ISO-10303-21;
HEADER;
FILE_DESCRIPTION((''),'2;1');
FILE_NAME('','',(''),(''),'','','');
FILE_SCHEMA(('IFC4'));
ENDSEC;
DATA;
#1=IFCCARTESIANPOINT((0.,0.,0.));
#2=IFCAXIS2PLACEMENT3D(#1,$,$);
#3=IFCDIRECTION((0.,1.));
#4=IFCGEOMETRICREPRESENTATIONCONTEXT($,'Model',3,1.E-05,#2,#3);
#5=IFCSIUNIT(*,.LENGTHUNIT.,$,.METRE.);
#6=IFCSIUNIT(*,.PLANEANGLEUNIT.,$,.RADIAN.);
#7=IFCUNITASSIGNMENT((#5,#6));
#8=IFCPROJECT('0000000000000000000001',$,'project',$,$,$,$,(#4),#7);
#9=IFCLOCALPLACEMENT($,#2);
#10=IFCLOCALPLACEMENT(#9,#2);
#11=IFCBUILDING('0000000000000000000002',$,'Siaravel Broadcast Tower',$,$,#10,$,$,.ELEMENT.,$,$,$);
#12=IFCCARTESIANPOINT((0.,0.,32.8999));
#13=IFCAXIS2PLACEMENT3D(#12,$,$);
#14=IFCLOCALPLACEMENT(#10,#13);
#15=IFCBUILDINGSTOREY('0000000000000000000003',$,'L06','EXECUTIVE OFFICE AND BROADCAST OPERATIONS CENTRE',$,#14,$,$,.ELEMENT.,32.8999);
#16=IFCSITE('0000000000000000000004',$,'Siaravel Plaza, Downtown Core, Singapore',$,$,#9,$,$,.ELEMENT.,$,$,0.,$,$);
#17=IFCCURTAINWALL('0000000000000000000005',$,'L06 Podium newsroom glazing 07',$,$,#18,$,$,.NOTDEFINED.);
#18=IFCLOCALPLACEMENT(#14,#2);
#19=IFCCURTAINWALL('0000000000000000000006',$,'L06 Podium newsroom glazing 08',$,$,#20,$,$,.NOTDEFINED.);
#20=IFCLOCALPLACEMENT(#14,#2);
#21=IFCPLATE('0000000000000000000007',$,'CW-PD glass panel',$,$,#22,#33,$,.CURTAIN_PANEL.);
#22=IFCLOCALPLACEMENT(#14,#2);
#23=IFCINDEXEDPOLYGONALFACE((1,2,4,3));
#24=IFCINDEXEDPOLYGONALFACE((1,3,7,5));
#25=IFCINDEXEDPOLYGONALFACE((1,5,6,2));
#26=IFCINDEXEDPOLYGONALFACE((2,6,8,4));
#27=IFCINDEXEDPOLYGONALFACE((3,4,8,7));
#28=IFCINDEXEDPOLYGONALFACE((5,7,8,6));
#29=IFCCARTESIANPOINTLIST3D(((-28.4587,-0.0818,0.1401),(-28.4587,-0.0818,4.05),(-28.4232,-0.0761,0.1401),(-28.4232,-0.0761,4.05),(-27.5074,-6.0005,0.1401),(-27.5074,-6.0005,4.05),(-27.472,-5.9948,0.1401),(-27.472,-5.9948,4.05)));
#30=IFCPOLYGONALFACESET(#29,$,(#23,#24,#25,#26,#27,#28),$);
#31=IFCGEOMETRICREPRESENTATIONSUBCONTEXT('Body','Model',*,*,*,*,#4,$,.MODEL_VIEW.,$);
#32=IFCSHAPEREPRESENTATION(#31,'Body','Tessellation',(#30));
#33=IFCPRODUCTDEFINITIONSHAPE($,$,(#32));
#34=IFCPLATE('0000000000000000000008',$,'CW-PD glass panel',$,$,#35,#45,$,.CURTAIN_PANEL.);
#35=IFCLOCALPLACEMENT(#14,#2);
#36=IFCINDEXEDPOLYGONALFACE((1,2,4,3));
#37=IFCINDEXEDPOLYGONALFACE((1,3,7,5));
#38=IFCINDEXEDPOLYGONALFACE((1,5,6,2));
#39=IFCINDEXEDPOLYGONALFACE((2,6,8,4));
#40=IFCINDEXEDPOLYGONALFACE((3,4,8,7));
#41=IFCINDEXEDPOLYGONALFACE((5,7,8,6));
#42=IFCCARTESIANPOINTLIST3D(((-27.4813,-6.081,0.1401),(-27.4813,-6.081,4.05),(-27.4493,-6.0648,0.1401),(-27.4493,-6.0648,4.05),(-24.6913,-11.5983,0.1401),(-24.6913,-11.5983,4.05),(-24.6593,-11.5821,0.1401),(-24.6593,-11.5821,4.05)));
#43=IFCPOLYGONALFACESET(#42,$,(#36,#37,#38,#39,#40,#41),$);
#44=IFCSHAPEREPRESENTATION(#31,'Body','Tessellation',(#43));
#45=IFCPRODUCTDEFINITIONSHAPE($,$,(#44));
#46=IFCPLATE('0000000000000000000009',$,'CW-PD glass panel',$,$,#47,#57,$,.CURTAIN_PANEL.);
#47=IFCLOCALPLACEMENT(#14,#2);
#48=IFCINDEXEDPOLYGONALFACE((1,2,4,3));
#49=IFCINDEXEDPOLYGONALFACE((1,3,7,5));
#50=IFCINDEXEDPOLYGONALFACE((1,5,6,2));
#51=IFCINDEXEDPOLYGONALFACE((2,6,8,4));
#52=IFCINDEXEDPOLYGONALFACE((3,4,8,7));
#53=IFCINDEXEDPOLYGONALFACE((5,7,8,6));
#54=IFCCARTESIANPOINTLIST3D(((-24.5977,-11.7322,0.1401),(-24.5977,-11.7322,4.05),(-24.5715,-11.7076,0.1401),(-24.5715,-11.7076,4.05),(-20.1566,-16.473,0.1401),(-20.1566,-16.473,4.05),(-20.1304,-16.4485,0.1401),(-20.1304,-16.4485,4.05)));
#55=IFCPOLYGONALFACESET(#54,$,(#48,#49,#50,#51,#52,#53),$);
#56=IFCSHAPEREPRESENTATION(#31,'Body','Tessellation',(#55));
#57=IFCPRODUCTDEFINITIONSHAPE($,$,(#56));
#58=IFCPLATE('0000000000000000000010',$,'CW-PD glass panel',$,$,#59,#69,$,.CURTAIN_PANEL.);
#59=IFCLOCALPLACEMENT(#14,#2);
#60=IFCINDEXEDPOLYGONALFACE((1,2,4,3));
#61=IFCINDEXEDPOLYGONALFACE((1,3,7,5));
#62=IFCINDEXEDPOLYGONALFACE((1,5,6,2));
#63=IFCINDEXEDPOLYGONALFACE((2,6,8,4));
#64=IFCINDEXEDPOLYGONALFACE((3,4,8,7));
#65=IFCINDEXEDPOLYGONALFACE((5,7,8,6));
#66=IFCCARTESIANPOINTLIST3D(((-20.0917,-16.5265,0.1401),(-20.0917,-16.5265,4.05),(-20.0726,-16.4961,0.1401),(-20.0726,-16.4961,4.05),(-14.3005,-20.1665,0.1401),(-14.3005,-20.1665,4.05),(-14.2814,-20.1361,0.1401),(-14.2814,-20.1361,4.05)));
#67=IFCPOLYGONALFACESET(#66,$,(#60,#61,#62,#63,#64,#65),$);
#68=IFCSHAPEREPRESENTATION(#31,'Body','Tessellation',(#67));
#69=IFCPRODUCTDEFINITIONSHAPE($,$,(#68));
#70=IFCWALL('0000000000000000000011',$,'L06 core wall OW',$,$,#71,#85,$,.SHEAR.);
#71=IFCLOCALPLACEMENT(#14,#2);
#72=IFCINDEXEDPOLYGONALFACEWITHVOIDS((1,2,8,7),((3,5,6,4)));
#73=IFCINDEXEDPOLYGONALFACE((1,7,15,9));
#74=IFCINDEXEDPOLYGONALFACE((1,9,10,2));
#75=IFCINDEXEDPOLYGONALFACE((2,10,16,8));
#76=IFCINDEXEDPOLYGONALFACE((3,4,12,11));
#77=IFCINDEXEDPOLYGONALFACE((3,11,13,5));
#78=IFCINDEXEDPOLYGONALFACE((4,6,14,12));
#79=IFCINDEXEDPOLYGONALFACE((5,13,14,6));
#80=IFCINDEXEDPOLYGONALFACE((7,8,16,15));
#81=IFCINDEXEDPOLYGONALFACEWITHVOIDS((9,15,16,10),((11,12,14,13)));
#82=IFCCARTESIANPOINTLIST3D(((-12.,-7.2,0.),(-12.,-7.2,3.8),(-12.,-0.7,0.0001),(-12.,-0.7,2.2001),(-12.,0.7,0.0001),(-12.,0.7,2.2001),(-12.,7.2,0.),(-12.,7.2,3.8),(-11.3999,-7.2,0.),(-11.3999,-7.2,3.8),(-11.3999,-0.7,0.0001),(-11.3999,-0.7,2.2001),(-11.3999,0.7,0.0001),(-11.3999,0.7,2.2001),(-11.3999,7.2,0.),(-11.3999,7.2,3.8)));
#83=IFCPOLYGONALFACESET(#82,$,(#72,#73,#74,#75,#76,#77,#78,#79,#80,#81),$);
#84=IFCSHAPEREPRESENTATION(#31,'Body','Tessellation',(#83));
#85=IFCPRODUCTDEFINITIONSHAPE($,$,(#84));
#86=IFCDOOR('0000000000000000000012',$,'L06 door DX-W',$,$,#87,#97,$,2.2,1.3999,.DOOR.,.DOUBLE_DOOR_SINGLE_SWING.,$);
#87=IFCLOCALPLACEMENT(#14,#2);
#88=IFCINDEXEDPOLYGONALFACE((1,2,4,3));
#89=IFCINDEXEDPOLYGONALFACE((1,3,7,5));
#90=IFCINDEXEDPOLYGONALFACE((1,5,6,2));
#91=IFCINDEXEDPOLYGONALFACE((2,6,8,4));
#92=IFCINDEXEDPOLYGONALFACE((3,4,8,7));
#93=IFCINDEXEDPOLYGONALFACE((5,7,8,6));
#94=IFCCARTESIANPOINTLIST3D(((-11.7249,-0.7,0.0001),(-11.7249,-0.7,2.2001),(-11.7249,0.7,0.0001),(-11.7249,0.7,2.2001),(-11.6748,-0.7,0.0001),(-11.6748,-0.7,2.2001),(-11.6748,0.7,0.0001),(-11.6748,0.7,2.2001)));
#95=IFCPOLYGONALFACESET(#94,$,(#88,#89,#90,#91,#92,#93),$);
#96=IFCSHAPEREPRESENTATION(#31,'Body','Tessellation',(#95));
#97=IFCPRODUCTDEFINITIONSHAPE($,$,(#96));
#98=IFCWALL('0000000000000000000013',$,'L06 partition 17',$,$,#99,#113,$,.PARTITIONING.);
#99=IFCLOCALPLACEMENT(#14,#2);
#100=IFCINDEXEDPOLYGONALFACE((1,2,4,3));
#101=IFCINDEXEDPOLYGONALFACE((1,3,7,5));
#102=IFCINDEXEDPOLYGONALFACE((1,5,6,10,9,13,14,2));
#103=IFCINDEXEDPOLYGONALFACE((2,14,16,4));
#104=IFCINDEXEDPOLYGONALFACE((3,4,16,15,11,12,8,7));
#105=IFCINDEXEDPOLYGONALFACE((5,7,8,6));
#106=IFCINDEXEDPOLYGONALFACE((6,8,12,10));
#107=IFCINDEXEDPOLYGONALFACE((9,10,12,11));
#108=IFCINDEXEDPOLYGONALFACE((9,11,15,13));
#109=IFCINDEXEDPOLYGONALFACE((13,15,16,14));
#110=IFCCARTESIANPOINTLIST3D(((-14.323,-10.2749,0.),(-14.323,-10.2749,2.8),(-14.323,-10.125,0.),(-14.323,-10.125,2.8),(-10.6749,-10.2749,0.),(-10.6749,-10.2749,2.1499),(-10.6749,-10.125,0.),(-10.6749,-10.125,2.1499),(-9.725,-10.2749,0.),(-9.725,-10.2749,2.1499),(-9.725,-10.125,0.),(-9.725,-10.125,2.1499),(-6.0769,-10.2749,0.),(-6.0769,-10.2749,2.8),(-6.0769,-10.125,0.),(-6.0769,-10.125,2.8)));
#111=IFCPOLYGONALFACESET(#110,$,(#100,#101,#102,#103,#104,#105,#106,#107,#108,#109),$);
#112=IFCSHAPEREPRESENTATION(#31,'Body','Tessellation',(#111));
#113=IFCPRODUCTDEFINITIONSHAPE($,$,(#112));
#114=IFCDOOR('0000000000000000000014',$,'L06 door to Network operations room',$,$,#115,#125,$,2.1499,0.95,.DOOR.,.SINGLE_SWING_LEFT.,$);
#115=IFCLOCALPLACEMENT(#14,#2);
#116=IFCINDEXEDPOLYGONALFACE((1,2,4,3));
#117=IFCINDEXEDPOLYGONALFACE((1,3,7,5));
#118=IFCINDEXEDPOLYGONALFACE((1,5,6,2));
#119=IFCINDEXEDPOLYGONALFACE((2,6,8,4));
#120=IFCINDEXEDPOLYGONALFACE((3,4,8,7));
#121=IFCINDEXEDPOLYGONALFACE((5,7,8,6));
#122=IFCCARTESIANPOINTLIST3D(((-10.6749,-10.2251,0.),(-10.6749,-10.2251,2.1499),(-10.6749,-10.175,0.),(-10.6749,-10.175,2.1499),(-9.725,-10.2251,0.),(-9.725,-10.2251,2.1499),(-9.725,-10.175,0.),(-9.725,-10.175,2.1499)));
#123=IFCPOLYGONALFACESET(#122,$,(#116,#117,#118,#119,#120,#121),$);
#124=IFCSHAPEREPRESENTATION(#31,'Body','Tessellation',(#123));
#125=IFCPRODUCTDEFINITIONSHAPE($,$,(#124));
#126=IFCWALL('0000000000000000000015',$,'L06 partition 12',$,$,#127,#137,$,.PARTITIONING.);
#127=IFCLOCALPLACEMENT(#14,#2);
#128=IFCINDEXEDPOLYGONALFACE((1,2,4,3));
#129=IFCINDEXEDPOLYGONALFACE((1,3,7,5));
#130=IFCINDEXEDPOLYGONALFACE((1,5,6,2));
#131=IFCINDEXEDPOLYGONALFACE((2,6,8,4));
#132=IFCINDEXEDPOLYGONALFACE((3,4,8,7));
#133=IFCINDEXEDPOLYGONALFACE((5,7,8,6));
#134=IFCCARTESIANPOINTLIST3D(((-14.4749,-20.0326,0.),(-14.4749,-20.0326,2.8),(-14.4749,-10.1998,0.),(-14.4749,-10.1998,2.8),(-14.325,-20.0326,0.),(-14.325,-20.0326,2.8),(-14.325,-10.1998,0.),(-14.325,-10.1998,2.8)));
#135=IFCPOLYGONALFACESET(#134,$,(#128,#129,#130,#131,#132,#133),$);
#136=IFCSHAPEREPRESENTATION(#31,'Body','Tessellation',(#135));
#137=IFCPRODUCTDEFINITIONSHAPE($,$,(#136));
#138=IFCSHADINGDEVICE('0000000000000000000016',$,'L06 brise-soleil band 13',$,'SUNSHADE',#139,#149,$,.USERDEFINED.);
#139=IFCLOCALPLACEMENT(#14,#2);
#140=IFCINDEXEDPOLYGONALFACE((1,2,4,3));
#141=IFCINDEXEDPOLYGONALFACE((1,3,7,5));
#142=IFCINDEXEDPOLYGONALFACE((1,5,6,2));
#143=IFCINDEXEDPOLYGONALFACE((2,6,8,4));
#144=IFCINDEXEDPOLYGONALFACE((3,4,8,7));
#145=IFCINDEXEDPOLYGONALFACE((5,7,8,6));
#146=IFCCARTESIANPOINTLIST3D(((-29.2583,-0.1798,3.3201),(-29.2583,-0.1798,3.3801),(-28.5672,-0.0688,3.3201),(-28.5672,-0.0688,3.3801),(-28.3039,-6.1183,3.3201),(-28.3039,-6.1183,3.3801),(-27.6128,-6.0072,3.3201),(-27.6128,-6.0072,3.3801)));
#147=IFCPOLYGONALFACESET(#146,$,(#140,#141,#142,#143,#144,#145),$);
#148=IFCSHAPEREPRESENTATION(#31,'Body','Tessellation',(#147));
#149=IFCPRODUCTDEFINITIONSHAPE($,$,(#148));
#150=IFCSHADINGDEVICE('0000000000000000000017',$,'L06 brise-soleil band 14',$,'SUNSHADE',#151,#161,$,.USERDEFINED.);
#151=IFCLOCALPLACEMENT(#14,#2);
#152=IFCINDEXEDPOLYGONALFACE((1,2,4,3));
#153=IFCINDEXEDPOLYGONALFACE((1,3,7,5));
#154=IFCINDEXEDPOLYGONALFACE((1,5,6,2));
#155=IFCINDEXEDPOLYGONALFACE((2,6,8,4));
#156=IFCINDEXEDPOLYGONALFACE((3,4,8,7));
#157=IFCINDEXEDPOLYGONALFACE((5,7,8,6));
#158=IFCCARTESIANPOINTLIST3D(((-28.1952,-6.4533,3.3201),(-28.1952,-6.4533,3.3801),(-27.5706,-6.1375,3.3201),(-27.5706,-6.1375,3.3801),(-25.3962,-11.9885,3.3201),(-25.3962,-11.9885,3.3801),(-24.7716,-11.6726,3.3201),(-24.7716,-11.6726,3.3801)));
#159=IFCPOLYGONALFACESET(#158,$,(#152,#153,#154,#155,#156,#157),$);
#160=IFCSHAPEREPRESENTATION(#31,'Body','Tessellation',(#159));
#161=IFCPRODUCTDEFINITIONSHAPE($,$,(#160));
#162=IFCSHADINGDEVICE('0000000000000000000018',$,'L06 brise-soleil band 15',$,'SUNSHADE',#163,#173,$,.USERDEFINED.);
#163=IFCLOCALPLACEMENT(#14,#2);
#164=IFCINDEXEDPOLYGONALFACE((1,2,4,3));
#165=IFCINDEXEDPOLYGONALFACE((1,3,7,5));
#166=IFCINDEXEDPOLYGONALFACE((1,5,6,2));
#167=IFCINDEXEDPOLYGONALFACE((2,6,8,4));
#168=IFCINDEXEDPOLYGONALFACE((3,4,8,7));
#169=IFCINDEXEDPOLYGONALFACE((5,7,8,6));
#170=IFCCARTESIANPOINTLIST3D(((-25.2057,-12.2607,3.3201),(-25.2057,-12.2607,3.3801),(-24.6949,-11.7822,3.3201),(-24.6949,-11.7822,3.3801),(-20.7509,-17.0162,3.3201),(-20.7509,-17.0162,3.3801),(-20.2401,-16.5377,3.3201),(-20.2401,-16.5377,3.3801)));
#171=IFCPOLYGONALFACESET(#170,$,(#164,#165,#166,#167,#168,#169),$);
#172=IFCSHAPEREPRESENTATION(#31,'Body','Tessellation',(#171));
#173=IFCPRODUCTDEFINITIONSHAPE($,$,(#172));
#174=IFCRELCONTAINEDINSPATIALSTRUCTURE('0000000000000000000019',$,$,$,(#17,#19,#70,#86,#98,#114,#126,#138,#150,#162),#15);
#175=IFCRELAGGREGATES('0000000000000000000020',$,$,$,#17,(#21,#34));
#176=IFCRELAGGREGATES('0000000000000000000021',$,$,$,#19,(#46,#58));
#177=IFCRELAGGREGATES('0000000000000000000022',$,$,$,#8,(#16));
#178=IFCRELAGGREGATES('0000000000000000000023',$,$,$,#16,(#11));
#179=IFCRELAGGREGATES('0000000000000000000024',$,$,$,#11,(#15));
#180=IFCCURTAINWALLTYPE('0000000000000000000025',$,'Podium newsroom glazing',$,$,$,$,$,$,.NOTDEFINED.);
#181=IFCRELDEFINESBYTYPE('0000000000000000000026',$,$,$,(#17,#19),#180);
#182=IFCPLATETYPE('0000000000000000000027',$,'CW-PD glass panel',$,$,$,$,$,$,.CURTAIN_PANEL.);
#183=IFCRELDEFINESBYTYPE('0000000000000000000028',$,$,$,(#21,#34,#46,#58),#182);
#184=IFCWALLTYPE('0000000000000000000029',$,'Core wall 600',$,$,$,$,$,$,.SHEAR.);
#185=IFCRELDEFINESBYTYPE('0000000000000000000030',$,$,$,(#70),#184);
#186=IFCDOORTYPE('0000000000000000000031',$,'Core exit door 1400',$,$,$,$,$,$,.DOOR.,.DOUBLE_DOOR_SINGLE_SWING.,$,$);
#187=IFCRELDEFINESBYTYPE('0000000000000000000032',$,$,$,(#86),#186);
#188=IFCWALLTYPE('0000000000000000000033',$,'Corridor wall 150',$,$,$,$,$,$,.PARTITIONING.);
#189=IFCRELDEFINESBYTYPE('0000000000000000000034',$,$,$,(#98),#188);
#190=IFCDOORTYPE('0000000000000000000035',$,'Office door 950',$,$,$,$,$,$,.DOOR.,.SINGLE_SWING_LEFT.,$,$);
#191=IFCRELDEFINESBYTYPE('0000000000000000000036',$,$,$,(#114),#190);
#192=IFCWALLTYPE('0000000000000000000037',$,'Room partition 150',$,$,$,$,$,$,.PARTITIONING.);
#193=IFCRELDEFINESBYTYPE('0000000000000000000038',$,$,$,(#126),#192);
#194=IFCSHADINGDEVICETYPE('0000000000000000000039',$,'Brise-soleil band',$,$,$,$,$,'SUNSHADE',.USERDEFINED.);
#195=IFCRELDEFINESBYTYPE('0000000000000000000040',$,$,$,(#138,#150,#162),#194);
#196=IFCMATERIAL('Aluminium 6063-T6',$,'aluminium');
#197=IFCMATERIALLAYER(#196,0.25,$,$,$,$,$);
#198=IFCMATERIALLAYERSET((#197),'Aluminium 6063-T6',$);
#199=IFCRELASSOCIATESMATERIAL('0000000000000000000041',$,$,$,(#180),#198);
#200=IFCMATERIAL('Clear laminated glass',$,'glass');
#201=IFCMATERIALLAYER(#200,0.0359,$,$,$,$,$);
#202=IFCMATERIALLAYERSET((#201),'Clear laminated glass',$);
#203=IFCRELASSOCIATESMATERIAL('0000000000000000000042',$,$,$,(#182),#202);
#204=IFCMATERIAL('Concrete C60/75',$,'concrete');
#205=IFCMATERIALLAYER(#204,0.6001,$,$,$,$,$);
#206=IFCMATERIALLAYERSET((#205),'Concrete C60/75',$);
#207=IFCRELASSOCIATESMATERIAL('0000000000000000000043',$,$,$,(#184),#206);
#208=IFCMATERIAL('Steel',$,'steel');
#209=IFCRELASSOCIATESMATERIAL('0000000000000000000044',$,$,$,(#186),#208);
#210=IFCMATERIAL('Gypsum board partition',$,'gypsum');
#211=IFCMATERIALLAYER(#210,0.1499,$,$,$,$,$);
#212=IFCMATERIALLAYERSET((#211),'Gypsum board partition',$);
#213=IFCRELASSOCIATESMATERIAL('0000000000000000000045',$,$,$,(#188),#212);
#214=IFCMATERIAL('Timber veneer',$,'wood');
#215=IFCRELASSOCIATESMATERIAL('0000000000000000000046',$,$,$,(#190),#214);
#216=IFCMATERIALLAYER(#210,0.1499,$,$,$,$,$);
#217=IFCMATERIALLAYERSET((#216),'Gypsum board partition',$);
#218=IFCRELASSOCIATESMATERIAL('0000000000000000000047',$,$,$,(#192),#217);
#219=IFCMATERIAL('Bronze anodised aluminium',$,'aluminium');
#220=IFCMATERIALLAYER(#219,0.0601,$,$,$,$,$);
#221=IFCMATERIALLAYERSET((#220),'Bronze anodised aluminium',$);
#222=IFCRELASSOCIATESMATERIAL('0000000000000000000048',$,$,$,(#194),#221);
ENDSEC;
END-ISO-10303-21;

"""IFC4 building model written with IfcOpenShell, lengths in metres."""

from ifc_helpers import new_model, si_unit, direction, frame, frame_2d, origin, origin_2d, place, context, subcontext, project, spatial, rectangle, extrude, material, layer, layer_set, type_object, element, fill, aggregate, save


model = new_model("IFC4")

# Units and contexts
model_context = context("Model", 3, precision=1e-05, world=origin(), true_north=direction((0.0, 1.0)))
body_context = subcontext(model_context, "Body", "Model", "MODEL_VIEW")
ifc_project = project(units=[si_unit("LENGTHUNIT", "METRE"), si_unit("PLANEANGLEUNIT", "RADIAN")], contexts=[model_context])

# Site, building, storey
site_placement = place(None, origin())
site = spatial("IfcSite", under=ifc_project, at=site_placement, Name="Siaravel Plaza, Downtown Core, Singapore", CompositionType="ELEMENT", RefElevation=0.0)
building_placement = place(site_placement, origin())
building = spatial("IfcBuilding", under=site, at=building_placement, Name="Siaravel Broadcast Tower", CompositionType="ELEMENT")
storey_placement = place(building_placement, frame((0.0, 0.0, 32.8999)))
storey = spatial("IfcBuildingStorey", under=building, at=storey_placement, Name="L06", Description="EXECUTIVE OFFICE AND BROADCAST OPERATIONS CENTRE", CompositionType="ELEMENT", Elevation=32.8999)

# Curtain walls
ifc_material_1 = material(Name="Aluminium 6063-T6", Category="aluminium")
ifc_layer_1 = layer(ifc_material_1, 0.25)
ifc_layer_set_1 = layer_set([ifc_layer_1], Name="Aluminium 6063-T6")
curtain_wall_type = type_object("IfcCurtainWallType", Name="Podium newsroom glazing", PredefinedType="NOTDEFINED", material=ifc_layer_set_1)
curtain_wall_1_placement = place(storey_placement, origin())
curtain_wall_1 = element("IfcCurtainWall", 1, at=curtain_wall_1_placement, inside=storey, type_object=curtain_wall_type, Name="L06 Podium newsroom glazing 07", PredefinedType="NOTDEFINED")
curtain_wall_2_placement = place(storey_placement, origin())
curtain_wall_2 = element("IfcCurtainWall", 2, at=curtain_wall_2_placement, inside=storey, type_object=curtain_wall_type, Name="L06 Podium newsroom glazing 08", PredefinedType="NOTDEFINED")

# Plates
ifc_material_2 = material(Name="Clear laminated glass", Category="glass")
ifc_layer_2 = layer(ifc_material_2, 0.0359)
ifc_layer_set_2 = layer_set([ifc_layer_2], Name="Clear laminated glass")
plate_type = type_object("IfcPlateType", Name="CW-PD glass panel", PredefinedType="CURTAIN_PANEL", material=ifc_layer_set_2)
plate_1_placement = place(storey_placement, frame((-27.9653, -3.0383, 0.1401), z_axis=(0.0, 0.0, 1.0), x_axis=(0.158686, -0.987329, 0.0)))
plate_1 = element("IfcPlate", 3, at=plate_1_placement, type_object=plate_type, Name="CW-PD glass panel", PredefinedType="CURTAIN_PANEL", context=body_context, shape_type="SweptSolid", body=[
    extrude(rectangle(XDim=5.9946, YDim=0.0359, at=origin_2d()), origin(), (0.0, 0.0, 1.0), 3.9099),
])
plate_2_placement = place(storey_placement, frame((-26.0703, -8.8315, 0.1401), z_axis=(0.0, 0.0, 1.0), x_axis=(0.451262, -0.892391, 0.0)))
plate_2 = element("IfcPlate", 4, at=plate_2_placement, type_object=plate_type, Name="CW-PD glass panel", PredefinedType="CURTAIN_PANEL", context=body_context, shape_type="SweptSolid", body=[
    extrude(rectangle(XDim=6.1826, YDim=0.0359, at=origin_2d()), origin(), (0.0, 0.0, 1.0), 3.9099),
])
aggregate(curtain_wall_1, [plate_1, plate_2])
plate_3_placement = place(storey_placement, frame((-22.364, -14.0903, 0.1401), z_axis=(0.0, 0.0, 1.0), x_axis=(0.683656, -0.729804, 0.0)))
plate_3 = element("IfcPlate", 5, at=plate_3_placement, type_object=plate_type, Name="CW-PD glass panel", PredefinedType="CURTAIN_PANEL", context=body_context, shape_type="SweptSolid", body=[
    extrude(rectangle(XDim=6.4961, YDim=0.0359, at=origin_2d()), origin(), (0.0, 0.0, 1.0), 3.9099),
])
plate_4_placement = place(storey_placement, frame((-17.1865, -18.3313, 0.1401), z_axis=(0.0, 0.0, 1.0), x_axis=(0.846651, -0.532148, 0.0)))
plate_4 = element("IfcPlate", 6, at=plate_4_placement, type_object=plate_type, Name="CW-PD glass panel", PredefinedType="CURTAIN_PANEL", context=body_context, shape_type="SweptSolid", body=[
    extrude(rectangle(XDim=6.8401, YDim=0.0359, at=origin_2d()), origin(), (0.0, 0.0, 1.0), 3.9099),
])
aggregate(curtain_wall_2, [plate_3, plate_4])

# Walls, openings, doors
ifc_material_3 = material(Name="Concrete C60/75", Category="concrete")
ifc_layer_3 = layer(ifc_material_3, 0.6001)
ifc_layer_set_3 = layer_set([ifc_layer_3], Name="Concrete C60/75")
wall_type_1 = type_object("IfcWallType", Name="Core wall 600", PredefinedType="SHEAR", material=ifc_layer_set_3)
wall_1_placement = place(storey_placement, frame((-11.7, -7.2, 0.0), z_axis=(0.0, 0.0, 1.0), x_axis=(0.0, 1.0, 0.0)))
wall_1 = element("IfcWall", 7, at=wall_1_placement, inside=storey, type_object=wall_type_1, Name="L06 core wall OW", PredefinedType="SHEAR", context=body_context, shape_type="SweptSolid", body=[
    extrude(rectangle(XDim=14.3999, YDim=0.6001, at=frame_2d((7.2, 0.0))), origin(), (0.0, 0.0, 1.0), 3.8),
])
opening_1_placement = place(wall_1_placement, frame((6.5, 0.0, 0.0)))
opening_1 = element("IfcOpeningElement", 8, at=opening_1_placement, cuts=wall_1, PredefinedType="OPENING", context=body_context, shape_type="SweptSolid", body=[
    extrude(rectangle(XDim=1.3999, YDim=2.2, at=frame_2d((0.7, 1.1001))), frame((0.0, 0.3101, 0.0), z_axis=(0.0, -1.0, 0.0), x_axis=(1.0, 0.0, 0.0)), (0.0, 0.0, 1.0), 0.6201),
])
ifc_material_4 = material(Name="Steel", Category="steel")
door_type_1 = type_object("IfcDoorType", Name="Core exit door 1400", OperationType="DOUBLE_DOOR_SINGLE_SWING", PredefinedType="DOOR", material=ifc_material_4)
door_1_placement = place(opening_1_placement, origin())
door_1 = element("IfcDoor", 9, at=door_1_placement, inside=storey, type_object=door_type_1, Name="L06 door DX-W", OperationType="DOUBLE_DOOR_SINGLE_SWING", OverallHeight=2.2, OverallWidth=1.3999, PredefinedType="DOOR", context=body_context, shape_type="SweptSolid", body=[
    extrude(rectangle(XDim=1.3999, YDim=2.2, at=frame_2d((0.7, 1.1001))), frame((0.0, 0.0249, 0.0), z_axis=(0.0, -1.0, 0.0), x_axis=(1.0, 0.0, 0.0)), (0.0, 0.0, 1.0), 0.05),
])
fill(opening_1, door_1)
ifc_material_5 = material(Name="Gypsum board partition", Category="gypsum")
ifc_layer_4 = layer(ifc_material_5, 0.1499)
ifc_layer_set_4 = layer_set([ifc_layer_4], Name="Gypsum board partition")
wall_type_2 = type_object("IfcWallType", Name="Corridor wall 150", PredefinedType="PARTITIONING", material=ifc_layer_set_4)
wall_2_placement = place(storey_placement, frame((-14.323, -10.2, 0.0), z_axis=(0.0, 0.0, 1.0), x_axis=(1.0, 0.0, 0.0)))
wall_2 = element("IfcWall", 10, at=wall_2_placement, inside=storey, type_object=wall_type_2, Name="L06 partition 17", PredefinedType="PARTITIONING", context=body_context, shape_type="SweptSolid", body=[
    extrude(rectangle(XDim=8.2461, YDim=0.1499, at=frame_2d((4.123, 0.0))), origin(), (0.0, 0.0, 1.0), 2.8),
])
opening_2_placement = place(wall_2_placement, frame((3.6479, 0.0, 0.0)))
opening_2 = element("IfcOpeningElement", 11, at=opening_2_placement, cuts=wall_2, PredefinedType="OPENING", context=body_context, shape_type="SweptSolid", body=[
    extrude(rectangle(XDim=0.95, YDim=2.1499, at=frame_2d((0.4751, 1.075))), frame((0.0, 0.085, 0.0), z_axis=(0.0, -1.0, 0.0), x_axis=(1.0, 0.0, 0.0)), (0.0, 0.0, 1.0), 0.1699),
])
ifc_material_6 = material(Name="Timber veneer", Category="wood")
door_type_2 = type_object("IfcDoorType", Name="Office door 950", OperationType="SINGLE_SWING_LEFT", PredefinedType="DOOR", material=ifc_material_6)
door_2_placement = place(opening_2_placement, origin())
door_2 = element("IfcDoor", 12, at=door_2_placement, inside=storey, type_object=door_type_2, Name="L06 door to Network operations room", OperationType="SINGLE_SWING_LEFT", OverallHeight=2.1499, OverallWidth=0.95, PredefinedType="DOOR", context=body_context, shape_type="SweptSolid", body=[
    extrude(rectangle(XDim=0.95, YDim=2.1499, at=frame_2d((0.4751, 1.075))), frame((0.0, 0.0249, 0.0), z_axis=(0.0, -1.0, 0.0), x_axis=(1.0, 0.0, 0.0)), (0.0, 0.0, 1.0), 0.05),
])
fill(opening_2, door_2)

# Wall
ifc_layer_5 = layer(ifc_material_5, 0.1499)
ifc_layer_set_5 = layer_set([ifc_layer_5], Name="Gypsum board partition")
wall_type_3 = type_object("IfcWallType", Name="Room partition 150", PredefinedType="PARTITIONING", material=ifc_layer_set_5)
wall_3_placement = place(storey_placement, frame((-14.3999, -20.0327, 0.0), z_axis=(0.0, 0.0, 1.0), x_axis=(0.0, 1.0, 0.0)))
element("IfcWall", 13, at=wall_3_placement, inside=storey, type_object=wall_type_3, Name="L06 partition 12", PredefinedType="PARTITIONING", context=body_context, shape_type="SweptSolid", body=[
    extrude(rectangle(XDim=9.8328, YDim=0.1499, at=frame_2d((4.9165, 0.0))), origin(), (0.0, 0.0, 1.0), 2.8),
])

# Shading devices
ifc_material_7 = material(Name="Bronze anodised aluminium", Category="aluminium")
ifc_layer_6 = layer(ifc_material_7, 0.0601)
ifc_layer_set_6 = layer_set([ifc_layer_6], Name="Bronze anodised aluminium")
shading_device_type = type_object("IfcShadingDeviceType", Name="Brise-soleil band", ElementType="SUNSHADE", PredefinedType="USERDEFINED", material=ifc_layer_set_6)
shading_device_1_placement = place(storey_placement, frame((-28.4355, -3.0935, 3.3201), z_axis=(0.0, 0.0, 1.0), x_axis=(0.158685, -0.987329, 0.0)))
element("IfcShadingDevice", 14, at=shading_device_1_placement, inside=storey, type_object=shading_device_type, Name="L06 brise-soleil band 13", ObjectType="SUNSHADE", PredefinedType="USERDEFINED", context=body_context, shape_type="SweptSolid", body=[
    extrude(rectangle(XDim=6.0146, YDim=0.7, at=origin_2d()), origin(), (0.0, 0.0, 1.0), 0.0601),
])
shading_device_2_placement = place(storey_placement, frame((-26.4834, -9.063, 3.3201), z_axis=(0.0, 0.0, 1.0), x_axis=(0.451262, -0.892391, 0.0)))
element("IfcShadingDevice", 15, at=shading_device_2_placement, inside=storey, type_object=shading_device_type, Name="L06 brise-soleil band 14", ObjectType="SUNSHADE", PredefinedType="USERDEFINED", context=body_context, shape_type="SweptSolid", body=[
    extrude(rectangle(XDim=6.2026, YDim=0.7, at=origin_2d()), origin(), (0.0, 0.0, 1.0), 0.0601),
])
shading_device_3_placement = place(storey_placement, frame((-22.7229, -14.3992, 3.3201), z_axis=(0.0, 0.0, 1.0), x_axis=(0.683656, -0.729804, 0.0)))
element("IfcShadingDevice", 16, at=shading_device_3_placement, inside=storey, type_object=shading_device_type, Name="L06 brise-soleil band 15", ObjectType="SUNSHADE", PredefinedType="USERDEFINED", context=body_context, shape_type="SweptSolid", body=[
    extrude(rectangle(XDim=6.5161, YDim=0.7, at=origin_2d()), origin(), (0.0, 0.0, 1.0), 0.0601),
])

save(model, "model.ifc")
